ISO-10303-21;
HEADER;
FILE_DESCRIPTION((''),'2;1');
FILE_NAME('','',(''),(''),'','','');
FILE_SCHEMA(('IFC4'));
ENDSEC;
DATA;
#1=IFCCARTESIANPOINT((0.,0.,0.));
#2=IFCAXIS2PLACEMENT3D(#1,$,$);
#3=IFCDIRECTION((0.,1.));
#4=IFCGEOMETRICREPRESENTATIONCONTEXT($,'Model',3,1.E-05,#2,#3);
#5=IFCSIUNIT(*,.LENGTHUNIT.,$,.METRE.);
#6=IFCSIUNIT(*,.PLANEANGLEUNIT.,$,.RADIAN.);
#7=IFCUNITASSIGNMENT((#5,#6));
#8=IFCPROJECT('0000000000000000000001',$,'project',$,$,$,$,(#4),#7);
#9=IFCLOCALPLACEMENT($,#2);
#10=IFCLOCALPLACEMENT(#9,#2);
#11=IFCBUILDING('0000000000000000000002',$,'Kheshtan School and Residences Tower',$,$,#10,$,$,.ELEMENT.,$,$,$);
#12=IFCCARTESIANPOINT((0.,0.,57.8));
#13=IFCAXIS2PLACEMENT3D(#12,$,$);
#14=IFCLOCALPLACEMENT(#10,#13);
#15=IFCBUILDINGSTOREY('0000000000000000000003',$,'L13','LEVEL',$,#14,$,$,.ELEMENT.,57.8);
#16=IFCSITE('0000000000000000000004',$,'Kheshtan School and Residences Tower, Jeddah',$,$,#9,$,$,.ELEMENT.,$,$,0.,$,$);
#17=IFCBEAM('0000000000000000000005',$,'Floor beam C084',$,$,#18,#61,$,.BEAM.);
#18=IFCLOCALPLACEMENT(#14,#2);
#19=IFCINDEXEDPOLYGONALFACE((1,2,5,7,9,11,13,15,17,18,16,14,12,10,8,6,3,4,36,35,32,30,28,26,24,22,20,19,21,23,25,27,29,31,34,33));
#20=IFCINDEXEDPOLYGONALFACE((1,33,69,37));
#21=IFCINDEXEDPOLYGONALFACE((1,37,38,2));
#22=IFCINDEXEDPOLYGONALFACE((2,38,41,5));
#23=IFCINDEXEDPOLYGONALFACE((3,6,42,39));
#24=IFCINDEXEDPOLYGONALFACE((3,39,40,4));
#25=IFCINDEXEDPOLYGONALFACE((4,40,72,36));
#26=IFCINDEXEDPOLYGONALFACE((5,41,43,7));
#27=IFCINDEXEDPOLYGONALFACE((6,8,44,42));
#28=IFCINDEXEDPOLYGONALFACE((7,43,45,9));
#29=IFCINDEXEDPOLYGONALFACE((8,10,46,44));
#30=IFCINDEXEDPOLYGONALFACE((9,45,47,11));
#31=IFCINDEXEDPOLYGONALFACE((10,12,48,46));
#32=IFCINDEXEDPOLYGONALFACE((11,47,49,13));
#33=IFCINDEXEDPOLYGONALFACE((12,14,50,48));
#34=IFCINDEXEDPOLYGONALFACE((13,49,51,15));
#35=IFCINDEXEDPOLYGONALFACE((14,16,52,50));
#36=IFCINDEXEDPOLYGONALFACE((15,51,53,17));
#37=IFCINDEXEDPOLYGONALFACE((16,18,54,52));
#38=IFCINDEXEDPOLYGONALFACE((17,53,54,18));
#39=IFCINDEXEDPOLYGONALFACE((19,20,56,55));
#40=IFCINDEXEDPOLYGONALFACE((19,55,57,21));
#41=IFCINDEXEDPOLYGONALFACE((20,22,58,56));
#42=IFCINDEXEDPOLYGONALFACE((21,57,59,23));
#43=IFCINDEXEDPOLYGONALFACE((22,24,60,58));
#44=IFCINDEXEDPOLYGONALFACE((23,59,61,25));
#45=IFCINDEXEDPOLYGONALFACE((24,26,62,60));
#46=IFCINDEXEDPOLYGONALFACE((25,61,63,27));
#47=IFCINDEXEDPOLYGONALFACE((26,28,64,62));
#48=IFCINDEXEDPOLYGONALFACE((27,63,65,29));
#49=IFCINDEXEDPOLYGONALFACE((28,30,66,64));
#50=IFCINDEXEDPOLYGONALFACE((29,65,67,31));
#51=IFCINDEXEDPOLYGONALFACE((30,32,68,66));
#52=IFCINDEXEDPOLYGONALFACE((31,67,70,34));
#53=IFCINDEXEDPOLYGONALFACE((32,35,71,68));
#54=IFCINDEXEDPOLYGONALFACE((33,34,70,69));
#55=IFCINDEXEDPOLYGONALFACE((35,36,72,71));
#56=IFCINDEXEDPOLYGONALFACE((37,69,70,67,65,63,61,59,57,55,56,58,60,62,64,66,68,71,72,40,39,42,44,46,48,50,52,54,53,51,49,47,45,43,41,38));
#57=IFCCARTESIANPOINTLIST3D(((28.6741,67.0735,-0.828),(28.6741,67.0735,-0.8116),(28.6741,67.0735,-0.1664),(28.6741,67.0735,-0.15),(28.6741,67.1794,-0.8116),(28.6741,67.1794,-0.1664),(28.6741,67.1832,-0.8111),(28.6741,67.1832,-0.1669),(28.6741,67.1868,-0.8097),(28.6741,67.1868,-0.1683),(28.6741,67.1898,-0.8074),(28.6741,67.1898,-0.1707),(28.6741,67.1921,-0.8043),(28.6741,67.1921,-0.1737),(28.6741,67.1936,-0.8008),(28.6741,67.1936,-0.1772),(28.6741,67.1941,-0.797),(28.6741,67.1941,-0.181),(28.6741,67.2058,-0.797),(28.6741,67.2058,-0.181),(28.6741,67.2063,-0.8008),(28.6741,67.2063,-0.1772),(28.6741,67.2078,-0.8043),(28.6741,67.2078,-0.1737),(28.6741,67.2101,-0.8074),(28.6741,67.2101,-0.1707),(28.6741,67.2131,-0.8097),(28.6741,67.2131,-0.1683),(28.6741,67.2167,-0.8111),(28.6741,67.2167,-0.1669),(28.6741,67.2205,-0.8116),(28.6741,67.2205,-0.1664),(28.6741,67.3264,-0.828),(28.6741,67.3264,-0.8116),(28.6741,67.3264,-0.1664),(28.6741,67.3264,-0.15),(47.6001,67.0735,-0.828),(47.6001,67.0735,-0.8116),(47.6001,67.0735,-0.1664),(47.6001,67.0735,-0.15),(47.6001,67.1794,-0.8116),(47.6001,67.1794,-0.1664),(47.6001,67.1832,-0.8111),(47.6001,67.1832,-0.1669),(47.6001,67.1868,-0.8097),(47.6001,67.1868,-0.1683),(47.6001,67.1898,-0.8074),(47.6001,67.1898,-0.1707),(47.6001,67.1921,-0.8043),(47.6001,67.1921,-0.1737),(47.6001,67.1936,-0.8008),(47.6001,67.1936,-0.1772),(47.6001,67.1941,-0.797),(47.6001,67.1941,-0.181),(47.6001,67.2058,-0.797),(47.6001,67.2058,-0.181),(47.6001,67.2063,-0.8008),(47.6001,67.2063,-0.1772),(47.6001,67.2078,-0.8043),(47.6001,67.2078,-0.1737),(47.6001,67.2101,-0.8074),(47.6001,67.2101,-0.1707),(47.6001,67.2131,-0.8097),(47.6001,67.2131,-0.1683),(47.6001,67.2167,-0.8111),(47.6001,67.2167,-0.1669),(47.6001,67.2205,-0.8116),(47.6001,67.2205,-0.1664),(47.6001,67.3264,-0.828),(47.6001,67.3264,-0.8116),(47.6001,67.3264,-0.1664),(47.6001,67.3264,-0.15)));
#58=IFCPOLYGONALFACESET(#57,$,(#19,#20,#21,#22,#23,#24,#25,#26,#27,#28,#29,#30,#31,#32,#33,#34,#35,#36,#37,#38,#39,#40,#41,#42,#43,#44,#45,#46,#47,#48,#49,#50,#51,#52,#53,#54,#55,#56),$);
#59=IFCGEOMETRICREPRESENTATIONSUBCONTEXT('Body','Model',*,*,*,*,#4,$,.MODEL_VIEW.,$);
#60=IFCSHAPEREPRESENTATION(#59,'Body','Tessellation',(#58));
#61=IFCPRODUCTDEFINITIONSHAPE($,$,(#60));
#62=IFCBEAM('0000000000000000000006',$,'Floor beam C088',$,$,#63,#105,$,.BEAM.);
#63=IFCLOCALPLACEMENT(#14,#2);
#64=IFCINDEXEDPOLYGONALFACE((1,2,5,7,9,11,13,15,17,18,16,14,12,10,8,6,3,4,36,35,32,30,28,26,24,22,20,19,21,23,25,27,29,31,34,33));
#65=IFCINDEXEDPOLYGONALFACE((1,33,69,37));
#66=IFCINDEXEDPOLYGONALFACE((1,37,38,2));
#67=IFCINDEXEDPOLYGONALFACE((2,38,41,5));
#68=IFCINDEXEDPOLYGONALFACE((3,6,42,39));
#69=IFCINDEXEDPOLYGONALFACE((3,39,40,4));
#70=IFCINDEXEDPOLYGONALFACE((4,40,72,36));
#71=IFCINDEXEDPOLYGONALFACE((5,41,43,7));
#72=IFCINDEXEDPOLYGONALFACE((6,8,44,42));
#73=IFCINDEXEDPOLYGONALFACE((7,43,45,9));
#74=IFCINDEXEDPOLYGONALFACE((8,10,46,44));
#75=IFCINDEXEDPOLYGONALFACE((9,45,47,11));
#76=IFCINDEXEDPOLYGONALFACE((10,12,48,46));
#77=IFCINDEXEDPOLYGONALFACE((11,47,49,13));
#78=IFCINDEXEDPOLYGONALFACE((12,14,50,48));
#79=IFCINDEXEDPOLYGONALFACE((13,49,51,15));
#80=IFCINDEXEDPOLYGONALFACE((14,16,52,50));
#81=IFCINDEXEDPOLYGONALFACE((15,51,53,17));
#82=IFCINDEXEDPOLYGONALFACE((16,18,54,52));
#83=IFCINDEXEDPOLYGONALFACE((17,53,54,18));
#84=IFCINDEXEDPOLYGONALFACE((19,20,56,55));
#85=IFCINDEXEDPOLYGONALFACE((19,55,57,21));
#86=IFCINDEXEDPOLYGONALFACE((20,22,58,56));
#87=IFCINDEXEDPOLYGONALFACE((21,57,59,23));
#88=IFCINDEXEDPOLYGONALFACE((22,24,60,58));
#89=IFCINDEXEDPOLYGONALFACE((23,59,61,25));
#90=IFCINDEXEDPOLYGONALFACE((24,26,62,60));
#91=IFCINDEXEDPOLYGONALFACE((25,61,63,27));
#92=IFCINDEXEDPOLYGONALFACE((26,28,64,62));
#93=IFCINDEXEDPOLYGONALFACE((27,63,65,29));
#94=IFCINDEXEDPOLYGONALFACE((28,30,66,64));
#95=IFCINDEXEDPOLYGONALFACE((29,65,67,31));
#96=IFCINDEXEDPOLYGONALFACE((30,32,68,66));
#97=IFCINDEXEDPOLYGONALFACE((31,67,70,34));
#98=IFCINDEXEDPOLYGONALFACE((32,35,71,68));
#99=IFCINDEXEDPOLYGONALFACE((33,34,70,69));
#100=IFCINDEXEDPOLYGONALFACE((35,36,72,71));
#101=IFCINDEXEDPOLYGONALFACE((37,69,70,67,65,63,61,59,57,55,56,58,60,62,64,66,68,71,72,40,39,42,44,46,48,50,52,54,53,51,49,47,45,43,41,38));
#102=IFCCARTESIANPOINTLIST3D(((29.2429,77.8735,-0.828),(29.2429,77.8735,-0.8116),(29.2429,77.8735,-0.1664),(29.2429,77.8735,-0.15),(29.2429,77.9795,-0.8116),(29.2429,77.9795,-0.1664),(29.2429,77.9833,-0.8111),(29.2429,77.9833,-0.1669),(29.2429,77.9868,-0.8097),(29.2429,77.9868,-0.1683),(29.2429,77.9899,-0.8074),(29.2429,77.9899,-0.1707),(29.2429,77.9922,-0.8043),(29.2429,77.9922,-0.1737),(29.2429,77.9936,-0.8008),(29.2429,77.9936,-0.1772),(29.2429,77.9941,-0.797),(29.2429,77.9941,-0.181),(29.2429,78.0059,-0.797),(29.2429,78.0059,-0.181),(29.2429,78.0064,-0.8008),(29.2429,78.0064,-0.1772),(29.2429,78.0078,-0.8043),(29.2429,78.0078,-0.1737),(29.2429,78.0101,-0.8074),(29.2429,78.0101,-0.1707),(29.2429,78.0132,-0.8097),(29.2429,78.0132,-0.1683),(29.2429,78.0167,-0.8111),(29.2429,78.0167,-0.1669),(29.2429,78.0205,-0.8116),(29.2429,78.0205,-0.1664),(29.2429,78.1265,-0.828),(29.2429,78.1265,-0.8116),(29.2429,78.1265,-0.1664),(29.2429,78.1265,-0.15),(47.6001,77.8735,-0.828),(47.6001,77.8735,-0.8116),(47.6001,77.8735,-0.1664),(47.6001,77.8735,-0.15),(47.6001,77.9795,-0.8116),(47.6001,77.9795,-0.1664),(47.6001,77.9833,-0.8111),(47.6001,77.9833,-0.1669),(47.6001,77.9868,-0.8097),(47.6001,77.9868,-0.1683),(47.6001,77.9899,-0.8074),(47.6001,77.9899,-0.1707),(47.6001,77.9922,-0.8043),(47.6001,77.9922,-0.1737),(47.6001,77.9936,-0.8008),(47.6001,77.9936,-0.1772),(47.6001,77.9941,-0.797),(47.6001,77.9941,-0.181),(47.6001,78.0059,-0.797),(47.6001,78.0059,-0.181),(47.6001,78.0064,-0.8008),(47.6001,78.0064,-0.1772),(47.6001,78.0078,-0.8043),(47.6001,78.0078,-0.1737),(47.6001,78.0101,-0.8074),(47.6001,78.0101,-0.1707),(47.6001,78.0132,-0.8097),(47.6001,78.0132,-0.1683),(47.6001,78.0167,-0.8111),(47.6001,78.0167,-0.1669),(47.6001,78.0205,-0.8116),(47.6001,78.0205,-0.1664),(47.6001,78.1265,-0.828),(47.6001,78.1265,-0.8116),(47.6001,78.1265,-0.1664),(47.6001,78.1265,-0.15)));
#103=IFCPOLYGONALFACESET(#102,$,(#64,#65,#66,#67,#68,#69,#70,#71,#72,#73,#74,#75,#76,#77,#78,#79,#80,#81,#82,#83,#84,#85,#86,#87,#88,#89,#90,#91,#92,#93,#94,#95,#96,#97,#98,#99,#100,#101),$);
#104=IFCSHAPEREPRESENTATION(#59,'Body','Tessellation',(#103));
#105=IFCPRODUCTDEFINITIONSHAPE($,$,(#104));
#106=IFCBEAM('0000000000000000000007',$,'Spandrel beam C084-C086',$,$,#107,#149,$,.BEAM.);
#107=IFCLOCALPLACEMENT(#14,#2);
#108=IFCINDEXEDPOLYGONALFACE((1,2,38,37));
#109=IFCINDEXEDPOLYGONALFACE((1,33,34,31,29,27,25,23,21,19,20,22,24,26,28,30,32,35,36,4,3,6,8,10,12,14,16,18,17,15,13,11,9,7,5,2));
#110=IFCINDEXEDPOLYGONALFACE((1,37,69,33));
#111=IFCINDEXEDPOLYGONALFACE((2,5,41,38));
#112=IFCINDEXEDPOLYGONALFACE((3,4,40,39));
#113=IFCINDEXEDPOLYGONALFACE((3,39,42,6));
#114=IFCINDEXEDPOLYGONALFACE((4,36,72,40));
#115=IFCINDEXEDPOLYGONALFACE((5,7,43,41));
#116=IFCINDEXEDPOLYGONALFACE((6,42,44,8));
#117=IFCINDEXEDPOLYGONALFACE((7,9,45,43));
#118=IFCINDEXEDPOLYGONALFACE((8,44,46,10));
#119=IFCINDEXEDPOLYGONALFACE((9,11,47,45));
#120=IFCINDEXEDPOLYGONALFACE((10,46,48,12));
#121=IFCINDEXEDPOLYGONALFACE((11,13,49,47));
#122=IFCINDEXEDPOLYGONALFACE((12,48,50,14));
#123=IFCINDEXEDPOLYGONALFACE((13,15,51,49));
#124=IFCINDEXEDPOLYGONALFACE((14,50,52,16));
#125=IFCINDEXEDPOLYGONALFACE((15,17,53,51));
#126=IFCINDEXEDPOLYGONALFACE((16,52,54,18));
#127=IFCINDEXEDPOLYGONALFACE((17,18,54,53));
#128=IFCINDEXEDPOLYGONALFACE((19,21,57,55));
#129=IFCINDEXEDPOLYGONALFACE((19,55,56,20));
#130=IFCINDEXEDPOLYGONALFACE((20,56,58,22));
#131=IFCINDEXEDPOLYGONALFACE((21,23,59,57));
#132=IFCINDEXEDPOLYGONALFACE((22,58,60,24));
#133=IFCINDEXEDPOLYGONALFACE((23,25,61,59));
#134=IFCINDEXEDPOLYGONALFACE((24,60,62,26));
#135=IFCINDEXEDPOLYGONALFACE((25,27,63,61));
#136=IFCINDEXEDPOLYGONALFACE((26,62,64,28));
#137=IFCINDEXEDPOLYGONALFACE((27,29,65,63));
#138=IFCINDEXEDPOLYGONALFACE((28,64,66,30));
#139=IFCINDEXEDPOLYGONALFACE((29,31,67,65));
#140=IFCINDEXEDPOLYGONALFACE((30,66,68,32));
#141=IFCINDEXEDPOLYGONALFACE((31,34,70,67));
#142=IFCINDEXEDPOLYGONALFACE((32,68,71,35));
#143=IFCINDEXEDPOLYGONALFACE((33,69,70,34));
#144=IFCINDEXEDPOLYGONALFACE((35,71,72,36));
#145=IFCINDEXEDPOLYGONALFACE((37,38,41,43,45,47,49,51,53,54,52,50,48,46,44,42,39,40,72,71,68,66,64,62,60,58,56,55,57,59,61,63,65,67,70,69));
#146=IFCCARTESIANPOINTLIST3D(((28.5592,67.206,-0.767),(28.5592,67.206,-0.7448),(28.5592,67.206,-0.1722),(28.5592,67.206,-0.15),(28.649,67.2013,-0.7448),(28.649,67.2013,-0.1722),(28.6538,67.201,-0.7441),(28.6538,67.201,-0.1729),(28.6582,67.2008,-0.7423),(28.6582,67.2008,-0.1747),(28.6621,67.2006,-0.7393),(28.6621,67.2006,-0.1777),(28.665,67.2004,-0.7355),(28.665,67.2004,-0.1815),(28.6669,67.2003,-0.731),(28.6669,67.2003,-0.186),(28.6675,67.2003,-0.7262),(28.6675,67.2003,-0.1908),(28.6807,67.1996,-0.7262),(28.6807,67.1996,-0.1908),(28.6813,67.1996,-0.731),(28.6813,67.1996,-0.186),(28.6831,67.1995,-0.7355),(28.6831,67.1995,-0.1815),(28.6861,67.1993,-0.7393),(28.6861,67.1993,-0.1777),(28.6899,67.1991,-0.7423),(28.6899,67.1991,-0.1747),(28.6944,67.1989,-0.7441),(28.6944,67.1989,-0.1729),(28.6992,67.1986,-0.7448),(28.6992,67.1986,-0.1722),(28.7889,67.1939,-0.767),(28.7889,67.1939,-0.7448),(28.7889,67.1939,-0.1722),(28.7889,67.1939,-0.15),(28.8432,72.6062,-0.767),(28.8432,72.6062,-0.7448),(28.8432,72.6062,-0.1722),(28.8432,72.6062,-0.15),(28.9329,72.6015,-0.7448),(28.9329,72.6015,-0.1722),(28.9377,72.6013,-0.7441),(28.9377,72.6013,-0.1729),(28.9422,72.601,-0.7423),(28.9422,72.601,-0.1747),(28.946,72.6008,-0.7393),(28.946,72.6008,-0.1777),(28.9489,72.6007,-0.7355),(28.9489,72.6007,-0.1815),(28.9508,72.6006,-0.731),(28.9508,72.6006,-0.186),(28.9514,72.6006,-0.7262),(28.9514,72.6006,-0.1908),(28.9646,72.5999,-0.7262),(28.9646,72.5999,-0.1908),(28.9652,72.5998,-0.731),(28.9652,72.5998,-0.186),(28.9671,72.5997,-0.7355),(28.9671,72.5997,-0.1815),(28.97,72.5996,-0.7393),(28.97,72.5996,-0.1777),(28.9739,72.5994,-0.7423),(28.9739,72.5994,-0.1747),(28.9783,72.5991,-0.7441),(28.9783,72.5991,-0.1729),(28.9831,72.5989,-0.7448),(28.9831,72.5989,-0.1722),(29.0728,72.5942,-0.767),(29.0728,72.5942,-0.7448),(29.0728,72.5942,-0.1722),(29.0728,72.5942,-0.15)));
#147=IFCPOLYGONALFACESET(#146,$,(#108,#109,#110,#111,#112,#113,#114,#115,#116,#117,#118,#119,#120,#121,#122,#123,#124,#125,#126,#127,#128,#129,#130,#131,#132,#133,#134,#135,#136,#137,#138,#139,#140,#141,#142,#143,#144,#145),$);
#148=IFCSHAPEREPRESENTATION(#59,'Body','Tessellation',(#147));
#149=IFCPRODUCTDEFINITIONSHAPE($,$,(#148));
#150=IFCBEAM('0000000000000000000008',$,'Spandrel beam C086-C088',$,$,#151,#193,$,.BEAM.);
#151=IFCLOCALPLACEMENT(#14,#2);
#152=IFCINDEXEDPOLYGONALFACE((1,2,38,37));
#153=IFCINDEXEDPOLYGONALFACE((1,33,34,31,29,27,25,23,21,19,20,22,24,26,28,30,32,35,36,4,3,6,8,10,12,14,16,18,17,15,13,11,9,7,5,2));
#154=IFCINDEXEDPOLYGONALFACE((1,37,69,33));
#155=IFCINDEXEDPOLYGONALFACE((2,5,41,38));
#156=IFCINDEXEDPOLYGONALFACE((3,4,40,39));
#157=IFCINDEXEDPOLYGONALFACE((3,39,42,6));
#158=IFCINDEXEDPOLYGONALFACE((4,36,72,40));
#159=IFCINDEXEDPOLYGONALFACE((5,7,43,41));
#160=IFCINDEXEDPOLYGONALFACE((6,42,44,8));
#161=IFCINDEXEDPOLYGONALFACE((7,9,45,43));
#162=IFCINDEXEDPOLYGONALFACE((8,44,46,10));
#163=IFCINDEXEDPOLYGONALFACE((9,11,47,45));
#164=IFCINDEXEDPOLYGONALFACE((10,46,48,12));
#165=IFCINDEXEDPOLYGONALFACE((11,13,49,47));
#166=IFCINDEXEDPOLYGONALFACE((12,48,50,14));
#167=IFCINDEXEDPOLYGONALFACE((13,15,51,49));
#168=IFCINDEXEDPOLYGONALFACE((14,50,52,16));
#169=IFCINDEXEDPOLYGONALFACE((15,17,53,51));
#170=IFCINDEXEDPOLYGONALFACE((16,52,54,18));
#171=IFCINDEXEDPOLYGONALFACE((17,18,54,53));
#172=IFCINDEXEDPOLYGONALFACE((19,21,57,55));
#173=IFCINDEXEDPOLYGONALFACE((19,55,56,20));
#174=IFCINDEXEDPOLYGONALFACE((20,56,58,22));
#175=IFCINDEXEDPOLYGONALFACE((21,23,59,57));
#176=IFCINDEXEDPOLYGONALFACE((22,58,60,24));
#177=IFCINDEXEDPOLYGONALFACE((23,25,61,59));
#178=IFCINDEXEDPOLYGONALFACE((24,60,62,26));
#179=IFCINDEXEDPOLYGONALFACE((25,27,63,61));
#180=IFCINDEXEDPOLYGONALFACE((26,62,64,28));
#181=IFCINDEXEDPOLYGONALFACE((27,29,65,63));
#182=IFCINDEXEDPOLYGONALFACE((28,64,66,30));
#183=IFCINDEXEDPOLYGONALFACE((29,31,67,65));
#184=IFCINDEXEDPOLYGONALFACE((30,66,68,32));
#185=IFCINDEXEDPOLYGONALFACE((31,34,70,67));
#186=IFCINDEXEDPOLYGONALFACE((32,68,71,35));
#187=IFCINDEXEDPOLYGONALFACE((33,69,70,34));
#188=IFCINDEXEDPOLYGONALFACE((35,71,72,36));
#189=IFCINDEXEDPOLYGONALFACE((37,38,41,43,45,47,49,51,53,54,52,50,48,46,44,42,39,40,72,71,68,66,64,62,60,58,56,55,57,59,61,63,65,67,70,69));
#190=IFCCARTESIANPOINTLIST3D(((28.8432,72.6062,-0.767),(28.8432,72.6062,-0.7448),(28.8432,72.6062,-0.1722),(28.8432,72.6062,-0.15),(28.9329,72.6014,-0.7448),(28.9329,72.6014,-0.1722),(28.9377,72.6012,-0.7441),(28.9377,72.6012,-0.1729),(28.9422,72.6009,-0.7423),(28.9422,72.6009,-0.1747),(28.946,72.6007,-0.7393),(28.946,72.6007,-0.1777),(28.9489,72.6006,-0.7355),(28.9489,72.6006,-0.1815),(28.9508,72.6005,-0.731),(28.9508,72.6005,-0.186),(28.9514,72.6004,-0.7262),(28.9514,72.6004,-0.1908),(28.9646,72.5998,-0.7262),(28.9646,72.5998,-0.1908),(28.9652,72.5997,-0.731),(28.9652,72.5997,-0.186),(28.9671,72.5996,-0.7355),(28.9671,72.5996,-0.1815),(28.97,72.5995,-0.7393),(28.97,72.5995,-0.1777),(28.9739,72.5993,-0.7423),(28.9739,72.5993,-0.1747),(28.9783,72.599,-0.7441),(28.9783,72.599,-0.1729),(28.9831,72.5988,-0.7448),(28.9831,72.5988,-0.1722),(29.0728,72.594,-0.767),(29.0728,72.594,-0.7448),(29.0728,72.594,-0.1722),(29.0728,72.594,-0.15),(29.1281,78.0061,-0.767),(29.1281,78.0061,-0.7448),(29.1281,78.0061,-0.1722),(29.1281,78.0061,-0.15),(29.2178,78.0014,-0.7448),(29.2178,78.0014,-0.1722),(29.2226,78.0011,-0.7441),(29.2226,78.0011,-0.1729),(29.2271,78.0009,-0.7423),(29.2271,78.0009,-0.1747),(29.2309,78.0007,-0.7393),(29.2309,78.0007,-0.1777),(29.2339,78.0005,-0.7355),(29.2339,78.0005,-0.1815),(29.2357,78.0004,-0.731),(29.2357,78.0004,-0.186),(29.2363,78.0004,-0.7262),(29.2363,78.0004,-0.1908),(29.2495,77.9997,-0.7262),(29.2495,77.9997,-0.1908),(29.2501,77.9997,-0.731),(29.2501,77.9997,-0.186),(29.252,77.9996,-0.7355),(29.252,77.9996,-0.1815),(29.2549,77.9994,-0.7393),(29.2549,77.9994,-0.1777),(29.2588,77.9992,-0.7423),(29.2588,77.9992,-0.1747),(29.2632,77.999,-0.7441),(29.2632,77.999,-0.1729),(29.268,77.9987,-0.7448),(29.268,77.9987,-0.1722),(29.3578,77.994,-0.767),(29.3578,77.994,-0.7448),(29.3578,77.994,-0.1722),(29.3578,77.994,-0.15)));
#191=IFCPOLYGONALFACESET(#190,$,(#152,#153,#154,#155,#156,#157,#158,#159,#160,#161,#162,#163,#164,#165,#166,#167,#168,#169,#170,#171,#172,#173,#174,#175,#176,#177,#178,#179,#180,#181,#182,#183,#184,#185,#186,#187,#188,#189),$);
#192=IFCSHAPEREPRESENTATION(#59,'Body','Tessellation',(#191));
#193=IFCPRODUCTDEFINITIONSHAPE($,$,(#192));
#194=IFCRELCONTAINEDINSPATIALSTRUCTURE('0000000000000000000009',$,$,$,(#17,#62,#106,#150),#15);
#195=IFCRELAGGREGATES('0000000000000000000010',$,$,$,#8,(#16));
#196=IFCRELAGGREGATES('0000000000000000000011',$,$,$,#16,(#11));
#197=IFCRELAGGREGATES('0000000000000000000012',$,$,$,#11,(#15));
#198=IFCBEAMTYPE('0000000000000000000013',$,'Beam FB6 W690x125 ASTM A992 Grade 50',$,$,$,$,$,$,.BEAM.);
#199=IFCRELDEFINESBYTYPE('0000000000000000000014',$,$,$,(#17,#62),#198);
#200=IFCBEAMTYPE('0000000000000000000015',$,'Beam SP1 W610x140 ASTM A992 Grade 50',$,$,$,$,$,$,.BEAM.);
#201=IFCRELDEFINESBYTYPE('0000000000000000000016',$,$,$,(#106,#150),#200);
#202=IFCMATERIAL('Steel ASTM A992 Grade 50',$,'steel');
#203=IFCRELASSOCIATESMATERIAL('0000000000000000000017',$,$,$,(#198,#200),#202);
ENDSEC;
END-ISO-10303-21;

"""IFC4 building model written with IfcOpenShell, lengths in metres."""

from ifc_helpers import new_model, si_unit, direction, frame, origin, origin_2d, place, context, subcontext, project, spatial, i_section, extrude, material, material_profile, profile_set, type_object, element, save


model = new_model("IFC4")

# Units and contexts
model_context = context("Model", 3, precision=1e-05, world=origin(), true_north=direction((0.0, 1.0)))
body_context = subcontext(model_context, "Body", "Model", "MODEL_VIEW")
ifc_project = project(units=[si_unit("LENGTHUNIT", "METRE"), si_unit("PLANEANGLEUNIT", "RADIAN")], contexts=[model_context])

# Site, building, storey
site_placement = place(None, origin())
site = spatial("IfcSite", under=ifc_project, at=site_placement, Name="Kheshtan School and Residences Tower, Jeddah", CompositionType="ELEMENT", RefElevation=0.0)
building_placement = place(site_placement, origin())
building = spatial("IfcBuilding", under=site, at=building_placement, Name="Kheshtan School and Residences Tower", CompositionType="ELEMENT")
storey_placement = place(building_placement, frame((0.0, 0.0, 57.8)))
storey = spatial("IfcBuildingStorey", under=building, at=storey_placement, Name="L13", Description="LEVEL", CompositionType="ELEMENT", Elevation=57.8)

# Shared definitions
ifc_material_1 = material(Name="Steel ASTM A992 Grade 50", Category="steel")

# Beams
ifc_material_profile_1 = material_profile(ifc_material_1, i_section(OverallWidth=0.2529, OverallDepth=0.678, WebThickness=0.0117, FlangeThickness=0.0164, FilletRadius=0.0146, at=origin_2d()), Name="W690x125")
ifc_profile_set_1 = profile_set([ifc_material_profile_1], Name="Steel ASTM A992 Grade 50")
beam_type_1 = type_object("IfcBeamType", Name="Beam FB6 W690x125 ASTM A992 Grade 50", PredefinedType="BEAM", material=ifc_profile_set_1)
beam_1_placement = place(storey_placement, frame((28.6741, 67.2, -0.489), z_axis=(1.0, 0.0, 0.0), x_axis=(0.0, 1.0, 0.0)))
element("IfcBeam", 1, at=beam_1_placement, inside=storey, type_object=beam_type_1, Name="Floor beam C084", PredefinedType="BEAM", context=body_context, shape_type="SweptSolid", body=[
    extrude(i_section(OverallWidth=0.2529, OverallDepth=0.678, WebThickness=0.0117, FlangeThickness=0.0164, FilletRadius=0.0146, at=origin_2d()), origin(), (0.0, 0.0, 1.0), 18.926),
])
beam_2_placement = place(storey_placement, frame((29.2429, 78.0, -0.489), z_axis=(1.0, 0.0, 0.0), x_axis=(0.0, 1.0, 0.0)))
element("IfcBeam", 2, at=beam_2_placement, inside=storey, type_object=beam_type_1, Name="Floor beam C088", PredefinedType="BEAM", context=body_context, shape_type="SweptSolid", body=[
    extrude(i_section(OverallWidth=0.2529, OverallDepth=0.678, WebThickness=0.0117, FlangeThickness=0.0164, FilletRadius=0.0146, at=origin_2d()), origin(), (0.0, 0.0, 1.0), 18.3572),
])
ifc_material_profile_2 = material_profile(ifc_material_1, i_section(OverallWidth=0.23, OverallDepth=0.6169, WebThickness=0.0132, FlangeThickness=0.0222, FilletRadius=0.0186, at=origin_2d()), Name="W610x140")
ifc_profile_set_2 = profile_set([ifc_material_profile_2], Name="Steel ASTM A992 Grade 50")
beam_type_2 = type_object("IfcBeamType", Name="Beam SP1 W610x140 ASTM A992 Grade 50", PredefinedType="BEAM", material=ifc_profile_set_2)
beam_3_placement = place(storey_placement, frame((28.6741, 67.2, -0.4585), z_axis=(0.052507, 0.998621, 0.0), x_axis=(-0.998621, 0.052507, 0.0)))
element("IfcBeam", 3, at=beam_3_placement, inside=storey, type_object=beam_type_2, Name="Spandrel beam C084-C086", PredefinedType="BEAM", context=body_context, shape_type="SweptSolid", body=[
    extrude(i_section(OverallWidth=0.23, OverallDepth=0.6169, WebThickness=0.0132, FlangeThickness=0.0222, FilletRadius=0.0186, at=origin_2d()), origin(), (0.0, 0.0, 1.0), 5.4077),
])
for number, where, z_axis, x_axis, name in (
    (4, (28.958, 72.6001, -0.4585), (0.052689, 0.998611, 0.0), (-0.998611, 0.052689, 0.0), "Spandrel beam C086-C088"),
):
    element("IfcBeam", number, at=place(storey_placement, frame(where, z_axis=z_axis, x_axis=x_axis)), inside=storey, type_object=beam_type_2, Name=name, PredefinedType="BEAM", context=body_context, shape_type="SweptSolid", body=[
        extrude(i_section(OverallWidth=0.23, OverallDepth=0.6169, WebThickness=0.0132, FlangeThickness=0.0222, FilletRadius=0.0186, at=origin_2d()), origin(), (0.0, 0.0, 1.0), 5.4075),
    ])

save(model, "model.ifc")
